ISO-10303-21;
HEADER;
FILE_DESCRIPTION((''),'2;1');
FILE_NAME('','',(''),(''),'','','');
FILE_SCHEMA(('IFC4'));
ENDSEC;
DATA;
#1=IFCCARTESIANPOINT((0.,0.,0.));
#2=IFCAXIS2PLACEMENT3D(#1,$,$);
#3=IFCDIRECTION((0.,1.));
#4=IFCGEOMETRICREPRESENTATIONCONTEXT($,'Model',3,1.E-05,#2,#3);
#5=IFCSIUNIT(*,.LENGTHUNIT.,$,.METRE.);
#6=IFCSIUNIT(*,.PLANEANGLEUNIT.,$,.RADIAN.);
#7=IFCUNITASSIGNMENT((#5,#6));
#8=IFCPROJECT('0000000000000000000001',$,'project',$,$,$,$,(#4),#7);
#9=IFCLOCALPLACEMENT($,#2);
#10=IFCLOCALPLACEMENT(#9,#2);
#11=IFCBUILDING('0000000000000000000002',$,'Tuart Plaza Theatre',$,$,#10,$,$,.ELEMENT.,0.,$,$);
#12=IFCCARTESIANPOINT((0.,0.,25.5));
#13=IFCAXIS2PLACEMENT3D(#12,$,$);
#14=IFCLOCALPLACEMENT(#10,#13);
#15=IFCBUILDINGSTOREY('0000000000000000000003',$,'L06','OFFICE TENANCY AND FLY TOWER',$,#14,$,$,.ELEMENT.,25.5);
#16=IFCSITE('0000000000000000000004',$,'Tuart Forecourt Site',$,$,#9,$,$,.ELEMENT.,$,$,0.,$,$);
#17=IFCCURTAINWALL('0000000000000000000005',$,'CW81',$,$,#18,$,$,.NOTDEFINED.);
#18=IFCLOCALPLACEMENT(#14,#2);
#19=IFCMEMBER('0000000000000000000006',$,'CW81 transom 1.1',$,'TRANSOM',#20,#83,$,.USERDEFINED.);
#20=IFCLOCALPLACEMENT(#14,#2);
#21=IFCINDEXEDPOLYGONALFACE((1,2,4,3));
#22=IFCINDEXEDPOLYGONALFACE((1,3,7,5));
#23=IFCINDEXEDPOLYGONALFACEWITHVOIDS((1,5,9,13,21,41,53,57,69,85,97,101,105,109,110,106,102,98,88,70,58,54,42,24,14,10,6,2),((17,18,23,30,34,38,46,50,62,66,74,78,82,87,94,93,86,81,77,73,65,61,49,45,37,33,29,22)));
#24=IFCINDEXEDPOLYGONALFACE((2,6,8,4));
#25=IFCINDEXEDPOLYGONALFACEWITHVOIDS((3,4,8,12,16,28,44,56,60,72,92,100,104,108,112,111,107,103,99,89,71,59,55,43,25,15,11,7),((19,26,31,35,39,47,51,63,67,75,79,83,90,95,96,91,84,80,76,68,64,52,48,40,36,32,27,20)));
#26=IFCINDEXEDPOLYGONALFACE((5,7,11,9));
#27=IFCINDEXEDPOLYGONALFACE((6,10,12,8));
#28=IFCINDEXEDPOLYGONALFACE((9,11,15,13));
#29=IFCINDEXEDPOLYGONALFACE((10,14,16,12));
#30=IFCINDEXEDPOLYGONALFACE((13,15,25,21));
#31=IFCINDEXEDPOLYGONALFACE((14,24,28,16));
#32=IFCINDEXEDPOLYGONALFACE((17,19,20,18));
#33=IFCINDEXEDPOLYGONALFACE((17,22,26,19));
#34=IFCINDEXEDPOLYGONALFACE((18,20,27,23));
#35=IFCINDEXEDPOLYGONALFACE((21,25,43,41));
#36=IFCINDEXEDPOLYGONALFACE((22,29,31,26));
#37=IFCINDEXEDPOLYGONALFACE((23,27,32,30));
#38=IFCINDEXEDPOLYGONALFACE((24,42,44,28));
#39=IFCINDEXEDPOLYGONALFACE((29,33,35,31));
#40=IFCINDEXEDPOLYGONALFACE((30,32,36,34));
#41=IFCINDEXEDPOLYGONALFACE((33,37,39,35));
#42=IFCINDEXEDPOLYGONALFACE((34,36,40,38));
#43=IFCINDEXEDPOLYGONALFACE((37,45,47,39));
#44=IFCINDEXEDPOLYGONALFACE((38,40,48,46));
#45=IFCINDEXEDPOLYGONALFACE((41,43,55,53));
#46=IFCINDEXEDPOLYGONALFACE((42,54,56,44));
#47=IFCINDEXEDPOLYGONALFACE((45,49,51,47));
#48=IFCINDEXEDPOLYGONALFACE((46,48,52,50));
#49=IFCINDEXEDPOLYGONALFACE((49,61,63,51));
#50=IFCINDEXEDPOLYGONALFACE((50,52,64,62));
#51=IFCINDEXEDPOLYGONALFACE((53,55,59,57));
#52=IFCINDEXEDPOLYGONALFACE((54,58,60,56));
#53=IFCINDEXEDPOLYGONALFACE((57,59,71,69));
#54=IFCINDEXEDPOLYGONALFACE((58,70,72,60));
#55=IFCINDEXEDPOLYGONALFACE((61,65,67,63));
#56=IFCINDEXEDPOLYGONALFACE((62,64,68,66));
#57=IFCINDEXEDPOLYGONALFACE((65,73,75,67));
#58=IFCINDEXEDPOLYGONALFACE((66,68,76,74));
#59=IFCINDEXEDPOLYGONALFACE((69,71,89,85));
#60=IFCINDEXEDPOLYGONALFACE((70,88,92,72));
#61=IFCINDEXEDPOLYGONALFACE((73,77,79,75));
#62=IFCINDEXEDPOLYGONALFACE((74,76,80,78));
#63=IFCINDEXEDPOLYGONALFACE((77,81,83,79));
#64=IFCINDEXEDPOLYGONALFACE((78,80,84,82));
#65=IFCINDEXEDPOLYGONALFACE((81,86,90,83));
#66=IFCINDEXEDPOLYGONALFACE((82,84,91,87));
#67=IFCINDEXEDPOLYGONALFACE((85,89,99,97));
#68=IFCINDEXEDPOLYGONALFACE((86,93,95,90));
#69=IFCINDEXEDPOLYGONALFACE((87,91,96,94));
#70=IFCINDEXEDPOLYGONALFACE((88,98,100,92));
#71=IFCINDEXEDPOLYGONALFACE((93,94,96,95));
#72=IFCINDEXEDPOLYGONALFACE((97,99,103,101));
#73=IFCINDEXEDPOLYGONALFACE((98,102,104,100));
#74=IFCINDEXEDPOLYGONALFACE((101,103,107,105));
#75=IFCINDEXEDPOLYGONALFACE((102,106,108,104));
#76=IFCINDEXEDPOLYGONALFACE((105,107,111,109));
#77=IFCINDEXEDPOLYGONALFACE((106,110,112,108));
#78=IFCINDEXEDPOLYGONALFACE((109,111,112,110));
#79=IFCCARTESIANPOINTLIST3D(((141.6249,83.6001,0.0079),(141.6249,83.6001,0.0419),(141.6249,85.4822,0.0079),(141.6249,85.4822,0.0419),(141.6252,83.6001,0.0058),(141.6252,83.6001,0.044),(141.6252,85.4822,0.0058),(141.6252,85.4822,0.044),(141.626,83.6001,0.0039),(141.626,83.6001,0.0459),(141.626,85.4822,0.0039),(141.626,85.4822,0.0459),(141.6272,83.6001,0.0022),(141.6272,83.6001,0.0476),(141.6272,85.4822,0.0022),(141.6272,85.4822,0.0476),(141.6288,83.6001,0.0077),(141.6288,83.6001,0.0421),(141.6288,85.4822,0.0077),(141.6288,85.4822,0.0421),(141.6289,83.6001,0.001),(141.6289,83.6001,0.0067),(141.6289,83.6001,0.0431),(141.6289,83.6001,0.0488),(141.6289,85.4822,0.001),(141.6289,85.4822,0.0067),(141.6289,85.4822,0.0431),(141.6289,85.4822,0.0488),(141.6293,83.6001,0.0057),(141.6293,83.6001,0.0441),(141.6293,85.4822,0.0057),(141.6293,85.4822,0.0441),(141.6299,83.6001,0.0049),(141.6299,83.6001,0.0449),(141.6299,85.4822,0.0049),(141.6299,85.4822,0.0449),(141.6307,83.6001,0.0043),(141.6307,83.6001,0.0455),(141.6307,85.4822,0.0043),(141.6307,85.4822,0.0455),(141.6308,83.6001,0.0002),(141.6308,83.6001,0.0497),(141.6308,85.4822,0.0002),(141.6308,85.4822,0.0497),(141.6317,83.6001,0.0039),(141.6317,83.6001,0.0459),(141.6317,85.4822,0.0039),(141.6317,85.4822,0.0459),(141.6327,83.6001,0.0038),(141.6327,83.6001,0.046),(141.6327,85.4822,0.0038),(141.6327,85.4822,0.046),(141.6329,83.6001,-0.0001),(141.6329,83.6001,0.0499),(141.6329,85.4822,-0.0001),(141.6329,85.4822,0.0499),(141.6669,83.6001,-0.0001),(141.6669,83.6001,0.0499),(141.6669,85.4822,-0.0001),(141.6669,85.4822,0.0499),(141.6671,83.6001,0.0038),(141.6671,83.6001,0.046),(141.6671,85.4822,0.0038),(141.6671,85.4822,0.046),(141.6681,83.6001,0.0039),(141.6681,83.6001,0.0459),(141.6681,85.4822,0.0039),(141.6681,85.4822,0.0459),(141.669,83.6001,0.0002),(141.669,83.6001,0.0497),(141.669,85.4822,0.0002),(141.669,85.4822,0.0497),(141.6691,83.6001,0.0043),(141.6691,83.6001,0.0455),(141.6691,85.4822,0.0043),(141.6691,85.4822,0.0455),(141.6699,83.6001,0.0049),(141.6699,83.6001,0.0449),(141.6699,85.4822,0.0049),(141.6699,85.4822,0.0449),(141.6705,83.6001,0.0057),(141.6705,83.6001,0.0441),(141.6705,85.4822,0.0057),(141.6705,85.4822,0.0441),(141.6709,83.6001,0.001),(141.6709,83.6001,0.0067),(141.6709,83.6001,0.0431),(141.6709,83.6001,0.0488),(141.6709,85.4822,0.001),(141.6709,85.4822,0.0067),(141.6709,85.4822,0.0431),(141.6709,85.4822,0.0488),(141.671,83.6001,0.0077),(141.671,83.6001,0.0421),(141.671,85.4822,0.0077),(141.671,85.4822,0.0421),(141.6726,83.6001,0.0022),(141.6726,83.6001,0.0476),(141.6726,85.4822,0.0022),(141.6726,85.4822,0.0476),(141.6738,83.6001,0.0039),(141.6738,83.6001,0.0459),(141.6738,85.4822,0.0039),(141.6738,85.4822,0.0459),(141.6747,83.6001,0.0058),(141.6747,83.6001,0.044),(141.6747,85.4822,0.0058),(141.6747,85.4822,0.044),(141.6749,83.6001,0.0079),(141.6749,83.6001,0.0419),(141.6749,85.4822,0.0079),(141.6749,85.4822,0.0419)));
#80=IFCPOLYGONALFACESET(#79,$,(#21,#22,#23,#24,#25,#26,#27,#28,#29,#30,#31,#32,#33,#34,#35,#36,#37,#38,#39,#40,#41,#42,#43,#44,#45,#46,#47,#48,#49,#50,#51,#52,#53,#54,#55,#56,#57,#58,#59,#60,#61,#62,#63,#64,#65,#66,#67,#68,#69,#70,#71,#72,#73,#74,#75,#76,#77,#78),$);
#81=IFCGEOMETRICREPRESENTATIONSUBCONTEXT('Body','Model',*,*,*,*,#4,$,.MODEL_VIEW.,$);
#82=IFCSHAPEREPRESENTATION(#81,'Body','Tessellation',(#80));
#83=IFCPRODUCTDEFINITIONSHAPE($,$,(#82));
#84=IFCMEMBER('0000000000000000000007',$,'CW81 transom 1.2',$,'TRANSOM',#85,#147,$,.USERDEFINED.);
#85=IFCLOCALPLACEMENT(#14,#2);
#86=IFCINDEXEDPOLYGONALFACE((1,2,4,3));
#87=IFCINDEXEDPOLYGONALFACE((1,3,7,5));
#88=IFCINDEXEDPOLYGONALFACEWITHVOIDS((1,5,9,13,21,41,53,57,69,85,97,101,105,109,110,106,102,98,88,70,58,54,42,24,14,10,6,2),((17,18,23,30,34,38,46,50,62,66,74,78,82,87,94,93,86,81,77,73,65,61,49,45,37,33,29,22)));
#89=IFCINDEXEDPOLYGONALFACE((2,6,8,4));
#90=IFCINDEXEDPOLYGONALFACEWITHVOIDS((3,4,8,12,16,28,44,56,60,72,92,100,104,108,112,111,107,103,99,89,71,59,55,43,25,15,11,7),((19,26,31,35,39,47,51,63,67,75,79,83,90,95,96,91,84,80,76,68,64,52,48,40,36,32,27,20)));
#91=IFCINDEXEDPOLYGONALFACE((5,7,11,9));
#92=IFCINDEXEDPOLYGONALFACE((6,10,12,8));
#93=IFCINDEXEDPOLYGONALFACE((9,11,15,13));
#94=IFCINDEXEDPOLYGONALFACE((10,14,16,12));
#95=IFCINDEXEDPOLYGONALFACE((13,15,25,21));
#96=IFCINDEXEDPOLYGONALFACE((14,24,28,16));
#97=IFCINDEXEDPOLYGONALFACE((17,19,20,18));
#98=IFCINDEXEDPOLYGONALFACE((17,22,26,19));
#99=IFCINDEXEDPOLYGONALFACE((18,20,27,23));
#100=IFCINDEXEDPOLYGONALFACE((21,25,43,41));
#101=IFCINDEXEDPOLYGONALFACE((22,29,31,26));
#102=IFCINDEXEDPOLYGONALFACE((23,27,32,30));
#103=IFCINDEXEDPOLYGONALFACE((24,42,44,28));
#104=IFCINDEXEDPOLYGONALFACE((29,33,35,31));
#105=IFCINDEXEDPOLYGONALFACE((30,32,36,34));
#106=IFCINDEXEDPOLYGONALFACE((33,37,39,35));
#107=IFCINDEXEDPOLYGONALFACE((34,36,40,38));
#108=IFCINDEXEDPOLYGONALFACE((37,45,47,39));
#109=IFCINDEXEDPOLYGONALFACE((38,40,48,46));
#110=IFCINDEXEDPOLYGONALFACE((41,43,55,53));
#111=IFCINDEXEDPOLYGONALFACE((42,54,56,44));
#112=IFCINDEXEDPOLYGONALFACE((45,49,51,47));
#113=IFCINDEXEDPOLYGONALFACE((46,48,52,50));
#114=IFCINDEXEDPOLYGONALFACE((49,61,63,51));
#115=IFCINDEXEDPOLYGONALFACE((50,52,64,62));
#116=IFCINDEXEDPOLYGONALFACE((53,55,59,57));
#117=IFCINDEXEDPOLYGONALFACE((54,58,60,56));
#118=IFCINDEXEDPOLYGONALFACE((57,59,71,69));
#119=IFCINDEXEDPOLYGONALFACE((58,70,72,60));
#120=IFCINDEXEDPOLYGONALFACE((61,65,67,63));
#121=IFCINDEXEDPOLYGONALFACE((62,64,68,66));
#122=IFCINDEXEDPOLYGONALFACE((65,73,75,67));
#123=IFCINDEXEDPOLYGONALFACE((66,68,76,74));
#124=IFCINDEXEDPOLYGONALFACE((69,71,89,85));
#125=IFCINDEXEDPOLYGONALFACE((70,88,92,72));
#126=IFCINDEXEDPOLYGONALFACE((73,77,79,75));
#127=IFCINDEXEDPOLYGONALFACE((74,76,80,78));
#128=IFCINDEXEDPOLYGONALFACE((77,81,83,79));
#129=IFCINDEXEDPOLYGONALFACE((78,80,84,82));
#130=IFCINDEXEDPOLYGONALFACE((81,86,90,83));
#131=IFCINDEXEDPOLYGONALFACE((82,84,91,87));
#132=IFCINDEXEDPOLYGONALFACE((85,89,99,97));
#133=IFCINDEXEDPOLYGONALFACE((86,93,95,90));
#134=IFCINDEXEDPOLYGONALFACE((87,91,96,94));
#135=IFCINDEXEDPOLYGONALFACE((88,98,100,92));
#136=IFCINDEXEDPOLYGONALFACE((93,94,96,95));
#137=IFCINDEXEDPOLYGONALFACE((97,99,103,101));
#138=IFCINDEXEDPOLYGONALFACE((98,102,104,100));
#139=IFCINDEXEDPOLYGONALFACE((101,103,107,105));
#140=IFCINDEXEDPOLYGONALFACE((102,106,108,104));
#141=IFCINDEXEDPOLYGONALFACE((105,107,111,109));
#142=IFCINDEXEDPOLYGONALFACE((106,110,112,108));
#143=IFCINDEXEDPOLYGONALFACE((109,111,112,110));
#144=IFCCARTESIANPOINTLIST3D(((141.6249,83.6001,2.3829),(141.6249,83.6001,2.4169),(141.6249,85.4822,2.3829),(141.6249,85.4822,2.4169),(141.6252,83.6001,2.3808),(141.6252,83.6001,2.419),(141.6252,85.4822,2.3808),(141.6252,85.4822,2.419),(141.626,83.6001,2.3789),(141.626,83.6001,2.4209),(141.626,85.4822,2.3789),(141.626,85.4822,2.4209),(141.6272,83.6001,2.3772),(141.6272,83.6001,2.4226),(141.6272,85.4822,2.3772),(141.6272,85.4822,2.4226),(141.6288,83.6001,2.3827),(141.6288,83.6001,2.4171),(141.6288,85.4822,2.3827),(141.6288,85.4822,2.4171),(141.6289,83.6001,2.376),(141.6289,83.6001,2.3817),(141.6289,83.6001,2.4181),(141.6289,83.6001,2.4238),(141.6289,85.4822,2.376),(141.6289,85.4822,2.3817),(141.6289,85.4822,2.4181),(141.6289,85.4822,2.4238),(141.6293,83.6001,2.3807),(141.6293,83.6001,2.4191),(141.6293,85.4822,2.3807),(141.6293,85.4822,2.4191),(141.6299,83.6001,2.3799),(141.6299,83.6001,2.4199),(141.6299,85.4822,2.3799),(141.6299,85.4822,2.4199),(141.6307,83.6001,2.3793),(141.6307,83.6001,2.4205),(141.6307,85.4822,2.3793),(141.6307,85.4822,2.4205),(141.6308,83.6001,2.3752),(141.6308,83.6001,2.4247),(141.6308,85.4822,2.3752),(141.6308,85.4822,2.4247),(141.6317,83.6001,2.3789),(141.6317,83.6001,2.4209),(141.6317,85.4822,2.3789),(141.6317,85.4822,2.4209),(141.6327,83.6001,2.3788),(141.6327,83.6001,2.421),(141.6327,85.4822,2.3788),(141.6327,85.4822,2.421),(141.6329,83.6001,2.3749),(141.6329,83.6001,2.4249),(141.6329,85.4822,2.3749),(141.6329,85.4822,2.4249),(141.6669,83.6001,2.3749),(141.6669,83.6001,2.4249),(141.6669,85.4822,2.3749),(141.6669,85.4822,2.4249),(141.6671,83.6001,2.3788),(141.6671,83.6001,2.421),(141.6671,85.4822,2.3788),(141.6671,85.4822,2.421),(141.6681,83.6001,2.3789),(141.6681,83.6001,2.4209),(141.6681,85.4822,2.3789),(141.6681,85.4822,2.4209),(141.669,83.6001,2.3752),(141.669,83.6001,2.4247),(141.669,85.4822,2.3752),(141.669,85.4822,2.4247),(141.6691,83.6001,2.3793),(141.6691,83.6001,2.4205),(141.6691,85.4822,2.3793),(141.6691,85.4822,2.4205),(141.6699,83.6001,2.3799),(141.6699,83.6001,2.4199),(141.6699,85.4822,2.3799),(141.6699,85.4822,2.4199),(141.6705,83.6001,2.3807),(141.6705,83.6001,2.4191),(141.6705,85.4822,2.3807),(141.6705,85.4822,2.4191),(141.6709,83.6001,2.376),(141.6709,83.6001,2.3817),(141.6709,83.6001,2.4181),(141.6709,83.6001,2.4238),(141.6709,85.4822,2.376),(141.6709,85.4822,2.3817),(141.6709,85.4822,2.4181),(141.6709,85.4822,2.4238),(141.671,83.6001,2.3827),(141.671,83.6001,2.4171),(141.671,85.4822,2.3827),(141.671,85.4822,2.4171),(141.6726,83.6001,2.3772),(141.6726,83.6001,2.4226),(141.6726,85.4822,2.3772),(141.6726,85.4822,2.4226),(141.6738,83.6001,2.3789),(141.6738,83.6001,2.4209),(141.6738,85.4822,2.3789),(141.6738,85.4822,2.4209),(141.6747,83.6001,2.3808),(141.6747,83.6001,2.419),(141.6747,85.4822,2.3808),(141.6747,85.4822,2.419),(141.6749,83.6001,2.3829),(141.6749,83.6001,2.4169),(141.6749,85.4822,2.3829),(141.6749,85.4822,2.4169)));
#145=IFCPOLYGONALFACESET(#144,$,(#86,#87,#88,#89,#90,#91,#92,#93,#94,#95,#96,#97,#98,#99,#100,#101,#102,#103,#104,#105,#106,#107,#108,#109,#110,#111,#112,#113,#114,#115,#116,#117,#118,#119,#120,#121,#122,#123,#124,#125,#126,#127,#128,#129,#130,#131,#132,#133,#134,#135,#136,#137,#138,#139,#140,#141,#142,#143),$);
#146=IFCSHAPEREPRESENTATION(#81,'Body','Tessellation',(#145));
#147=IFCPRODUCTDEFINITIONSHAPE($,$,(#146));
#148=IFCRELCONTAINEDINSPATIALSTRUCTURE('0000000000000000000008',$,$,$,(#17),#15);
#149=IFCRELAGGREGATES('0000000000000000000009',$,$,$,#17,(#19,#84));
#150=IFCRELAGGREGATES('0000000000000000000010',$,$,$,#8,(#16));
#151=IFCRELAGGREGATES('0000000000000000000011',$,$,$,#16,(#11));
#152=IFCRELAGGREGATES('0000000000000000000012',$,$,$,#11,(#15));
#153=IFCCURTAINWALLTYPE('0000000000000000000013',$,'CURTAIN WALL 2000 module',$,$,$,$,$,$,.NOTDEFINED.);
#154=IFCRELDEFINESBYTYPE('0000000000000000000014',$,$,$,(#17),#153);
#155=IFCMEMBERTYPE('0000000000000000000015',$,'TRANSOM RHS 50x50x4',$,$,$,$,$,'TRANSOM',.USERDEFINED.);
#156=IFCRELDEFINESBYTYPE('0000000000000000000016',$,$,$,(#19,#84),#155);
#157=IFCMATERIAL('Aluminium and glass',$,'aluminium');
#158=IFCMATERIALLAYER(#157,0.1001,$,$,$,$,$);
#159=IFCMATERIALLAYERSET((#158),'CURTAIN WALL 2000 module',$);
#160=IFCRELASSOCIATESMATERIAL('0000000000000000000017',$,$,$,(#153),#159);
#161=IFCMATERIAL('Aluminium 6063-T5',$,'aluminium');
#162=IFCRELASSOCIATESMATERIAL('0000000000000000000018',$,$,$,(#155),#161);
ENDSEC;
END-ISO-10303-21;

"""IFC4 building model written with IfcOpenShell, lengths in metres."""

from ifc_helpers import new_model, si_unit, direction, frame, origin, origin_2d, place, context, subcontext, project, spatial, hollow_rectangle, extrude, material, layer, layer_set, material_profile, profile_set, type_object, element, aggregate, save


model = new_model("IFC4")

# Units and contexts
model_context = context("Model", 3, precision=1e-05, world=origin(), true_north=direction((0.0, 1.0)))
body_context = subcontext(model_context, "Body", "Model", "MODEL_VIEW")
ifc_project = project(units=[si_unit("LENGTHUNIT", "METRE"), si_unit("PLANEANGLEUNIT", "RADIAN")], contexts=[model_context])

# Site, building, storey
site_placement = place(None, origin())
site = spatial("IfcSite", under=ifc_project, at=site_placement, Name="Tuart Forecourt Site", CompositionType="ELEMENT", RefElevation=0.0)
building_placement = place(site_placement, origin())
building = spatial("IfcBuilding", under=site, at=building_placement, Name="Tuart Plaza Theatre", CompositionType="ELEMENT", ElevationOfRefHeight=0.0)
storey_placement = place(building_placement, frame((0.0, 0.0, 25.5)))
storey = spatial("IfcBuildingStorey", under=building, at=storey_placement, Name="L06", Description="OFFICE TENANCY AND FLY TOWER", CompositionType="ELEMENT", Elevation=25.5)

# Shared definitions
ifc_material_1 = material(Name="Aluminium and glass", Category="aluminium")
ifc_layer_1 = layer(ifc_material_1, 0.1001)
ifc_layer_set_1 = layer_set([ifc_layer_1], Name="CURTAIN WALL 2000 module")
curtain_wall_type = type_object("IfcCurtainWallType", Name="CURTAIN WALL 2000 module", PredefinedType="NOTDEFINED", material=ifc_layer_set_1)

# Curtain wall
curtain_wall_1_placement = place(storey_placement, origin())
curtain_wall_1 = element("IfcCurtainWall", 1, at=curtain_wall_1_placement, inside=storey, type_object=curtain_wall_type, Name="CW81", PredefinedType="NOTDEFINED")

# Members
ifc_material_2 = material(Name="Aluminium 6063-T5", Category="aluminium")
ifc_material_profile_1 = material_profile(ifc_material_2, hollow_rectangle(XDim=0.05, YDim=0.05, WallThickness=0.0039, InnerFilletRadius=0.0039, OuterFilletRadius=0.0081, at=origin_2d()), Name="RHS 50x50x4")
ifc_profile_set_1 = profile_set([ifc_material_profile_1], Name="Aluminium 6063-T5")
member_type_1 = type_object("IfcMemberType", Name="TRANSOM RHS 50x50x4", ElementType="TRANSOM", PredefinedType="USERDEFINED", material=ifc_profile_set_1)
member_1_placement = place(storey_placement, frame((141.6499, 83.6001, 0.0249), z_axis=(0.0, 1.0, 0.0), x_axis=(-1.0, 0.0, 0.0)))
member_1 = element("IfcMember", 2, at=member_1_placement, type_object=member_type_1, Name="CW81 transom 1.1", ObjectType="TRANSOM", PredefinedType="USERDEFINED", context=body_context, shape_type="SweptSolid", body=[
    extrude(hollow_rectangle(XDim=0.05, YDim=0.05, WallThickness=0.0039, InnerFilletRadius=0.0039, OuterFilletRadius=0.0081, at=origin_2d()), origin(), (0.0, 0.0, 1.0), 1.8821),
])
member_2_placement = place(storey_placement, frame((141.6499, 83.6001, 2.3999), z_axis=(0.0, 1.0, 0.0), x_axis=(-1.0, 0.0, 0.0)))
member_2 = element("IfcMember", 3, at=member_2_placement, type_object=member_type_1, Name="CW81 transom 1.2", ObjectType="TRANSOM", PredefinedType="USERDEFINED", context=body_context, shape_type="SweptSolid", body=[
    extrude(hollow_rectangle(XDim=0.05, YDim=0.05, WallThickness=0.0039, InnerFilletRadius=0.0039, OuterFilletRadius=0.0081, at=origin_2d()), origin(), (0.0, 0.0, 1.0), 1.8821),
])
aggregate(curtain_wall_1, [member_1, member_2])

save(model, "model.ifc")
